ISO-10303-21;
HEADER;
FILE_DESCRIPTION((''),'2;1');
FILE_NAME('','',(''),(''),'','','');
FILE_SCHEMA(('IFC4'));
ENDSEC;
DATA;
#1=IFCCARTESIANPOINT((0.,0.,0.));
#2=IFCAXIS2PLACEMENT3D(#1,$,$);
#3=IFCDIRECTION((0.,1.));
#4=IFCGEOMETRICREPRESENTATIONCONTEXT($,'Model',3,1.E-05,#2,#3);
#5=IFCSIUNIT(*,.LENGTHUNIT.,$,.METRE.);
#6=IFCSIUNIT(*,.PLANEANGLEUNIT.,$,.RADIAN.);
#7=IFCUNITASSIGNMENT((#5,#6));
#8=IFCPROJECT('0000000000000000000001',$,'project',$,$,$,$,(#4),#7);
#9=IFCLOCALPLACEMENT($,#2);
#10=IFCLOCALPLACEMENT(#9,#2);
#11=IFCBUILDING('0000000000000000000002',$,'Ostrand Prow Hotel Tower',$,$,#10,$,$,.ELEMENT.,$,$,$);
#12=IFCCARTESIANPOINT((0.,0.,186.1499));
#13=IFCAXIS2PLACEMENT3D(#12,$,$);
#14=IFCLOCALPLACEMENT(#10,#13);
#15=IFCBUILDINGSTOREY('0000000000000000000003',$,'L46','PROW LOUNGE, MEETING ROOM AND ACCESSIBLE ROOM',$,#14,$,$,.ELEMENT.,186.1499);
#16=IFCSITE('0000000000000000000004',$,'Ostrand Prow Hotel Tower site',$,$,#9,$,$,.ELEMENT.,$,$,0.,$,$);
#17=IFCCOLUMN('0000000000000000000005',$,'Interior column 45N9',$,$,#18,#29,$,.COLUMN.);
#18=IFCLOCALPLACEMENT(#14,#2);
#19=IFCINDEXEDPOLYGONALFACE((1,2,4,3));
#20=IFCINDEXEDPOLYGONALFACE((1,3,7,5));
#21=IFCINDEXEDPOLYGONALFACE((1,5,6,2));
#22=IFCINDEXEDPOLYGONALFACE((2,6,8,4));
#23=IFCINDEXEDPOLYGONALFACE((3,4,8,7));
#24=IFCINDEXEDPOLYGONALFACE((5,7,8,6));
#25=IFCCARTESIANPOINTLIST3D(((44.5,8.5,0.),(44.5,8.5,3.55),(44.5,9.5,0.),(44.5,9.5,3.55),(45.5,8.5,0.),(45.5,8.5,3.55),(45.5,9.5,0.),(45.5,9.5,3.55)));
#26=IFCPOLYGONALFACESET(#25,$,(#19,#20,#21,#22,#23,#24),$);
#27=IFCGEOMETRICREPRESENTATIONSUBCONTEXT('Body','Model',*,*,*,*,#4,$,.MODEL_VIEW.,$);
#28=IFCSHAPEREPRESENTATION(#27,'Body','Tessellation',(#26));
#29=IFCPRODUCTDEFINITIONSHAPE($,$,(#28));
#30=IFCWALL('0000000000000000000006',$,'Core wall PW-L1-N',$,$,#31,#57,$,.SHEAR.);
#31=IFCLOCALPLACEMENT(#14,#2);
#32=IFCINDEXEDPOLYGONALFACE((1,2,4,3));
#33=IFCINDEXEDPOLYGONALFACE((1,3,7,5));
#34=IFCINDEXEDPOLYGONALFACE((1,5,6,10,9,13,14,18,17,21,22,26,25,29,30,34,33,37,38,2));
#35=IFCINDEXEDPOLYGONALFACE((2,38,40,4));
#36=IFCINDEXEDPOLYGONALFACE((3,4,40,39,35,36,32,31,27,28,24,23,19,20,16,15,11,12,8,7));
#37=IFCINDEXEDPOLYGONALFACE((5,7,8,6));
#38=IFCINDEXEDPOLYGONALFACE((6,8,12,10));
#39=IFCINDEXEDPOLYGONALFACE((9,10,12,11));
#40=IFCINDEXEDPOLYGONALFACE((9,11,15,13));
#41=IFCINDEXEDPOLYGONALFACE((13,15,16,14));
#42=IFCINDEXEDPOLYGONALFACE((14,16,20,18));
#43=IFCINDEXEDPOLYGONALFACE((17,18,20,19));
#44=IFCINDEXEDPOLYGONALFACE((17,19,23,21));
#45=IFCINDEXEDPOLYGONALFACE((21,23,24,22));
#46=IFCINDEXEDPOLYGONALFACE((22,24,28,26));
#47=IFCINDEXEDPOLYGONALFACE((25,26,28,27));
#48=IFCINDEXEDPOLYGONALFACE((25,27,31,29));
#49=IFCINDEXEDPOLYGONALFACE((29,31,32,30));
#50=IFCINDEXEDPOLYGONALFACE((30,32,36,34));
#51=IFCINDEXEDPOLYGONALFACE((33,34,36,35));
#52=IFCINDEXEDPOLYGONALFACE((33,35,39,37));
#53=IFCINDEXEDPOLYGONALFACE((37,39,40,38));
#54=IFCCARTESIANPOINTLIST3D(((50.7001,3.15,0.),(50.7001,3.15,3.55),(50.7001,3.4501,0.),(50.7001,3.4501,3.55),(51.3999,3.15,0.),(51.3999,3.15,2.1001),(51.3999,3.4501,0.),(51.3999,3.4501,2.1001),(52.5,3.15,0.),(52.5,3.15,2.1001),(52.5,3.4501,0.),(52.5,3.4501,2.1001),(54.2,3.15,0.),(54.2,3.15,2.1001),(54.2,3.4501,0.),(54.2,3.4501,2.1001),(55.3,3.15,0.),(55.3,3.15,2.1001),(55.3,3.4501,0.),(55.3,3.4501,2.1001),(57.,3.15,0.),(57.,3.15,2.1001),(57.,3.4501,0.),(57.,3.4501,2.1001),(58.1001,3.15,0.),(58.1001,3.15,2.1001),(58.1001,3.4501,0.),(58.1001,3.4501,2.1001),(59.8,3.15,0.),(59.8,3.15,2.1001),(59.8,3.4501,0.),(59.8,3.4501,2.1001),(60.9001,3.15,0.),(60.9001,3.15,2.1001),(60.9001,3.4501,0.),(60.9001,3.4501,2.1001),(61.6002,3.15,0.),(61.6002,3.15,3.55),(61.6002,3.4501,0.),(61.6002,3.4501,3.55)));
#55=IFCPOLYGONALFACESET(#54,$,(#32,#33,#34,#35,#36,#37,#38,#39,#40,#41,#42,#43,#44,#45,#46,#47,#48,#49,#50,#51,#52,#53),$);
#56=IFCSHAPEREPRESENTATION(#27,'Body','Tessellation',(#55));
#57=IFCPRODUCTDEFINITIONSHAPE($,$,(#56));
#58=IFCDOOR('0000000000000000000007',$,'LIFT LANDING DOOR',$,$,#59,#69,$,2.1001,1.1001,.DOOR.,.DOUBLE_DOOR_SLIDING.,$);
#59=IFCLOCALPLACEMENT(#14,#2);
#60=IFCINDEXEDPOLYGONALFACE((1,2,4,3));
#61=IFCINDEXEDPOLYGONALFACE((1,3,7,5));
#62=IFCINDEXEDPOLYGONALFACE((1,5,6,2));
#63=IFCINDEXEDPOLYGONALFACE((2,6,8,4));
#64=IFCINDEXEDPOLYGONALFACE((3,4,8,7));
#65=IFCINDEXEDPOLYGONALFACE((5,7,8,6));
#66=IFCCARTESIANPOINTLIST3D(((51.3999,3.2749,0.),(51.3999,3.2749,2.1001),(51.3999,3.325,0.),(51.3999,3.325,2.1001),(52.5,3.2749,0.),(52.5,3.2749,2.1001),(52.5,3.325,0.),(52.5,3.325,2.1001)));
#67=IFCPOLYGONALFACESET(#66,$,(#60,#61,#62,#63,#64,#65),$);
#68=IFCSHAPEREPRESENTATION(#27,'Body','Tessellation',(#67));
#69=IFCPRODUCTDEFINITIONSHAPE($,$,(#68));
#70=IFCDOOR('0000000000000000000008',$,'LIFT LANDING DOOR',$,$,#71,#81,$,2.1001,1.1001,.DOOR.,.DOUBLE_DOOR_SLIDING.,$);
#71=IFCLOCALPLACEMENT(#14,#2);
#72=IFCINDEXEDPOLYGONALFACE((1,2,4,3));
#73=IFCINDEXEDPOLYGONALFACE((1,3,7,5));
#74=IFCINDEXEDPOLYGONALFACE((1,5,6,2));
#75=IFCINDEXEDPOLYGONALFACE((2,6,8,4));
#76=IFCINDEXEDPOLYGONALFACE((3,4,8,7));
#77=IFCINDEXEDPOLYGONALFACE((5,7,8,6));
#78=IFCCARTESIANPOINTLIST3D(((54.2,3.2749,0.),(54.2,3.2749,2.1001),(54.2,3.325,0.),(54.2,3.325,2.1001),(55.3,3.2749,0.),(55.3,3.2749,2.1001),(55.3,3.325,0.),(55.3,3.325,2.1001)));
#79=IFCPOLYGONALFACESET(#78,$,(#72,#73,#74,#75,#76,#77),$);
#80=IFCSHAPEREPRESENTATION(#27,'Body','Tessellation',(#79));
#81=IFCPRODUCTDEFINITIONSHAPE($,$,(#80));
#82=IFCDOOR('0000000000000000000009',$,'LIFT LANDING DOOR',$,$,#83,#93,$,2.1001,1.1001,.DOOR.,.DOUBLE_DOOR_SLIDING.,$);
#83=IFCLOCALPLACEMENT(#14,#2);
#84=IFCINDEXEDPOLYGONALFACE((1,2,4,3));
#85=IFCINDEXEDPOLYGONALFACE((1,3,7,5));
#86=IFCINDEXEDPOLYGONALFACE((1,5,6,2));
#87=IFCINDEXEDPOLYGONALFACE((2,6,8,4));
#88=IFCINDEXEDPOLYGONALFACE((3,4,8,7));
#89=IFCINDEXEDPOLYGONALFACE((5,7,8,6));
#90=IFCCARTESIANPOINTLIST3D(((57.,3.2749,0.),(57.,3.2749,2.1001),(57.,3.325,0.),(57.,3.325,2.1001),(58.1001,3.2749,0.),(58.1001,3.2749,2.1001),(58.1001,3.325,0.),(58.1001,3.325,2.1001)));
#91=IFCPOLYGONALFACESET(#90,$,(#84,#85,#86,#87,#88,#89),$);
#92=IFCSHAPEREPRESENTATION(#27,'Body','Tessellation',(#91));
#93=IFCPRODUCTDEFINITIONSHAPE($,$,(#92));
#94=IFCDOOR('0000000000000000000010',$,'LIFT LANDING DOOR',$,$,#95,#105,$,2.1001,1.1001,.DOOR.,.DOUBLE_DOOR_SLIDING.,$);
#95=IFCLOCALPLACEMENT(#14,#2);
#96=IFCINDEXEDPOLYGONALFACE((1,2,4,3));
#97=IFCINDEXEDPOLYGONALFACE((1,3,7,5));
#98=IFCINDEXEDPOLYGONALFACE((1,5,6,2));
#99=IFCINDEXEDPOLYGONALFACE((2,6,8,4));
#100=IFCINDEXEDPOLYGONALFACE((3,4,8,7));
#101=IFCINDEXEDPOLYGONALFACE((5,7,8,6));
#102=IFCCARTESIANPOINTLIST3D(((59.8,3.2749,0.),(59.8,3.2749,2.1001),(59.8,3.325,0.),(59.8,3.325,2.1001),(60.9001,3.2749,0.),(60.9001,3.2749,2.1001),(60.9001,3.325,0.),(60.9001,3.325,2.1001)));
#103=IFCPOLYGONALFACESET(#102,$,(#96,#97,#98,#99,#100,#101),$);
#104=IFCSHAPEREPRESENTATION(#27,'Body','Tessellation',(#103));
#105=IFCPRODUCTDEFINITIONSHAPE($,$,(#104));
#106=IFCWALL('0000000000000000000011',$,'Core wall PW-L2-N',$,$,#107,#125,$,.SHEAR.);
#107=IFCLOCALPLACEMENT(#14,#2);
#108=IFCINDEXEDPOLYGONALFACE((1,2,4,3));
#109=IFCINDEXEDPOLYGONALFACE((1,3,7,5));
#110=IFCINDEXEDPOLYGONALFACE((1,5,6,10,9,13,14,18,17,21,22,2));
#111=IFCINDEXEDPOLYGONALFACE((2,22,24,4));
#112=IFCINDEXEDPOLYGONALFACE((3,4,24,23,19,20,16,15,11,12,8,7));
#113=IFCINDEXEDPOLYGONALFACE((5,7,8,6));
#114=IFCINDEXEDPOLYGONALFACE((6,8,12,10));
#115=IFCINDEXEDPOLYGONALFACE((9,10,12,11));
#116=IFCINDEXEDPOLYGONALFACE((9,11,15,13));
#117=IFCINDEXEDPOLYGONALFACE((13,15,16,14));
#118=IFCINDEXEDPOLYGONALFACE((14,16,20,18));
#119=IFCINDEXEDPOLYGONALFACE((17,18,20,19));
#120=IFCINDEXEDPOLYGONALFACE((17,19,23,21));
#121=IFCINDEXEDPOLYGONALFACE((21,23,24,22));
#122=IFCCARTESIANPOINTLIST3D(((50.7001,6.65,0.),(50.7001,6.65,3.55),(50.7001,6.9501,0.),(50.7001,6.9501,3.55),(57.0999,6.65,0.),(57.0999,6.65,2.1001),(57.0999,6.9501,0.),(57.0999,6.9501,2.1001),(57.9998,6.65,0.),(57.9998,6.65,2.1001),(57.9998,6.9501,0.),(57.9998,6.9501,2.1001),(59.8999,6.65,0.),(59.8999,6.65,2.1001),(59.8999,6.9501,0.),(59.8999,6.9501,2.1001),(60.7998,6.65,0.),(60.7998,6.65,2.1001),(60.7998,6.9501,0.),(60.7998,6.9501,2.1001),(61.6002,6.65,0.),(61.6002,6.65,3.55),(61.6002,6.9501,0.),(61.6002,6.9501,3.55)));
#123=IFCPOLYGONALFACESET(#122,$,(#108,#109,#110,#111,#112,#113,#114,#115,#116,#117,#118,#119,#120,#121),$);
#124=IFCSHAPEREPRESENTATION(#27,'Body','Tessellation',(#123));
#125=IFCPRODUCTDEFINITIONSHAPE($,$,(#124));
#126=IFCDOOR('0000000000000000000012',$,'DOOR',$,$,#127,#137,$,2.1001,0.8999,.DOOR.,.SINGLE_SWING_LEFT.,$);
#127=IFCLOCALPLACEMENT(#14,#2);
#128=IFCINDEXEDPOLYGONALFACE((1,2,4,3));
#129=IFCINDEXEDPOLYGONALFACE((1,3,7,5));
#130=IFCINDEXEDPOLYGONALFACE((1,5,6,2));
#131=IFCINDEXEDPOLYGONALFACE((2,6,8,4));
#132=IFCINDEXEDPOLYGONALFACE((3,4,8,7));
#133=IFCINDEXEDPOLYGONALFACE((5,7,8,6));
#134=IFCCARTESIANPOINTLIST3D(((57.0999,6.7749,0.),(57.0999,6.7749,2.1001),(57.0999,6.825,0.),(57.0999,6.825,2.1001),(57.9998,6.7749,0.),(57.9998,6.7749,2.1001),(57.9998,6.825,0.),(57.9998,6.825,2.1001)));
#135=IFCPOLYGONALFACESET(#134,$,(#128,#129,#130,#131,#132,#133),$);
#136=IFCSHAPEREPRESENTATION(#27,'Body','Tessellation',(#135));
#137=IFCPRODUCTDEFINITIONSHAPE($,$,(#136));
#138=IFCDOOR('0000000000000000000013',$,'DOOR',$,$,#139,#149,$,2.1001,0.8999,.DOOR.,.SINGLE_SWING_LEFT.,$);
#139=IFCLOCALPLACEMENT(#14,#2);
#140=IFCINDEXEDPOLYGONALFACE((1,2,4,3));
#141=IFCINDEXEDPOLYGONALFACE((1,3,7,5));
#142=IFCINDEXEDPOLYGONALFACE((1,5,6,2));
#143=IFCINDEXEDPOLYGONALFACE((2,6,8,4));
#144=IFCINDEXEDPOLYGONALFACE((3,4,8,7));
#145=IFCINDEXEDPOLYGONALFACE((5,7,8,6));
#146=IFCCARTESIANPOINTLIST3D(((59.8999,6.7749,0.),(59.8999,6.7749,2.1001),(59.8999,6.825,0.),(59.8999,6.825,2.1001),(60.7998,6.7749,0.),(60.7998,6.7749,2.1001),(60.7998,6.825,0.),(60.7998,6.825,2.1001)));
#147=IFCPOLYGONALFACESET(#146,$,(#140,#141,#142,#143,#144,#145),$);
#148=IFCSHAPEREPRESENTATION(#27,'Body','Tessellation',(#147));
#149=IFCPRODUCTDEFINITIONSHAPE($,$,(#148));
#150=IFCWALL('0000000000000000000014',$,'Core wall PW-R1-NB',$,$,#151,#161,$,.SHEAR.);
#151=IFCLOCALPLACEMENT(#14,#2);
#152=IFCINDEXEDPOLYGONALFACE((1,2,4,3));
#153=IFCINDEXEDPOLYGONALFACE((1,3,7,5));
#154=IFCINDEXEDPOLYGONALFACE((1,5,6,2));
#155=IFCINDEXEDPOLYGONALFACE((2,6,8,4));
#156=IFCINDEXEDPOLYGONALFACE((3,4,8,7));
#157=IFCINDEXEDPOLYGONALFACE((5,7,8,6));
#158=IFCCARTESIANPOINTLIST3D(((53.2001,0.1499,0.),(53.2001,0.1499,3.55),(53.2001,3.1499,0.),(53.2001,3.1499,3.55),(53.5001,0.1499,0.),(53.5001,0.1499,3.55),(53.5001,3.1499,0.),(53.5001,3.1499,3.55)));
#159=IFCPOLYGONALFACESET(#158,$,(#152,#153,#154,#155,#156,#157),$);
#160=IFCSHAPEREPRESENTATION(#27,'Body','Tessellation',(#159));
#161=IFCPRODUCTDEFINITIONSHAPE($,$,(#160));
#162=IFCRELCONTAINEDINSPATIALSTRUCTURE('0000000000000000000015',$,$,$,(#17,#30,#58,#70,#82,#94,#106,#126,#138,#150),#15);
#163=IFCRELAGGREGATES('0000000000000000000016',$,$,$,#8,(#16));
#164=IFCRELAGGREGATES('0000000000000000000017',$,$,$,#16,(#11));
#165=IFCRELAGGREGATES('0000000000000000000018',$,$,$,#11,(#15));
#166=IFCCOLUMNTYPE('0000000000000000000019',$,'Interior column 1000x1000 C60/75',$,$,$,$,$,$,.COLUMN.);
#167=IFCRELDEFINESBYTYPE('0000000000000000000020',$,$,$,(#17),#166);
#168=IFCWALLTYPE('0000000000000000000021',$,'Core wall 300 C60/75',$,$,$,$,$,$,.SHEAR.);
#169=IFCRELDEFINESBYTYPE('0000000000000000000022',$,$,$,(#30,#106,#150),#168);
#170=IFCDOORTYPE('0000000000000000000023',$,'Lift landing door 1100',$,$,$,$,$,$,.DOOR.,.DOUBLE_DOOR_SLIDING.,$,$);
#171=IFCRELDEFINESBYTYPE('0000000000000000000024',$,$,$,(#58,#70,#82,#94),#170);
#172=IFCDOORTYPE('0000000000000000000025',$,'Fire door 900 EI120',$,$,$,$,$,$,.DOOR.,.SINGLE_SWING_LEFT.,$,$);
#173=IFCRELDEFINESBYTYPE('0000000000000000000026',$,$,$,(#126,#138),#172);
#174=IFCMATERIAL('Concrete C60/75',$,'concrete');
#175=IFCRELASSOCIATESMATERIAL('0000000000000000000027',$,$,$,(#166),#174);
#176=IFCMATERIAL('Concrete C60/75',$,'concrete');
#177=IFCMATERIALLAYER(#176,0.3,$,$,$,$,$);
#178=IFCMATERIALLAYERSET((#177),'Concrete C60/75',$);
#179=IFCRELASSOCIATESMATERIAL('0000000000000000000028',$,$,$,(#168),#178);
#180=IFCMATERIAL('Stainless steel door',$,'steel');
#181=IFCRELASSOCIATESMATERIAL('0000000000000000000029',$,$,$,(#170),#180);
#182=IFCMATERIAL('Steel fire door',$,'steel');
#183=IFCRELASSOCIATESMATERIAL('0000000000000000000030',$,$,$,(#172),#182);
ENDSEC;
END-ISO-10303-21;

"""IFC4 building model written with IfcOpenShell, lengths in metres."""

from ifc_helpers import new_model, si_unit, direction, frame, frame_2d, origin, origin_2d, place, context, subcontext, project, spatial, rectangle, extrude, material, layer, layer_set, material_profile, profile_set, type_object, element, fill, save


model = new_model("IFC4")

# Units and contexts
model_context = context("Model", 3, precision=1e-05, world=origin(), true_north=direction((0.0, 1.0)))
body_context = subcontext(model_context, "Body", "Model", "MODEL_VIEW")
ifc_project = project(units=[si_unit("LENGTHUNIT", "METRE"), si_unit("PLANEANGLEUNIT", "RADIAN")], contexts=[model_context])

# Site, building, storey
site_placement = place(None, origin())
site = spatial("IfcSite", under=ifc_project, at=site_placement, Name="Ostrand Prow Hotel Tower site", CompositionType="ELEMENT", RefElevation=0.0)
building_placement = place(site_placement, origin())
building = spatial("IfcBuilding", under=site, at=building_placement, Name="Ostrand Prow Hotel Tower", CompositionType="ELEMENT")
storey_placement = place(building_placement, frame((0.0, 0.0, 186.1499)))
storey = spatial("IfcBuildingStorey", under=building, at=storey_placement, Name="L46", Description="PROW LOUNGE, MEETING ROOM AND ACCESSIBLE ROOM", CompositionType="ELEMENT", Elevation=186.1499)

# Column
ifc_material_1 = material(Name="Concrete C60/75", Category="concrete")
ifc_material_profile = material_profile(ifc_material_1, rectangle(XDim=1.0, YDim=1.0, at=origin_2d()), Name="RC 1000x1000")
ifc_profile_set = profile_set([ifc_material_profile], Name="Concrete C60/75")
column_type = type_object("IfcColumnType", Name="Interior column 1000x1000 C60/75", PredefinedType="COLUMN", material=ifc_profile_set)
column_placement = place(storey_placement, frame((45.0, 9.0, 0.0), z_axis=(0.0, 0.0, 1.0), x_axis=(1.0, 0.0, 0.0)))
element("IfcColumn", 1, at=column_placement, inside=storey, type_object=column_type, Name="Interior column 45N9", PredefinedType="COLUMN", context=body_context, shape_type="SweptSolid", body=[
    extrude(rectangle(XDim=1.0, YDim=1.0, at=origin_2d()), origin(), (0.0, 0.0, 1.0), 3.55),
])

# Walls, openings, doors
ifc_material_2 = material(Name="Concrete C60/75", Category="concrete")
ifc_layer_1 = layer(ifc_material_2, 0.3)
ifc_layer_set_1 = layer_set([ifc_layer_1], Name="Concrete C60/75")
wall_type_1 = type_object("IfcWallType", Name="Core wall 300 C60/75", PredefinedType="SHEAR", material=ifc_layer_set_1)
wall_1_placement = place(storey_placement, frame((50.7, 3.3, 0.0), z_axis=(0.0, 0.0, 1.0), x_axis=(1.0, 0.0, 0.0)))
wall_1 = element("IfcWall", 2, at=wall_1_placement, inside=storey, type_object=wall_type_1, Name="Core wall PW-L1-N", PredefinedType="SHEAR", context=body_context, shape_type="SweptSolid", body=[
    extrude(rectangle(XDim=10.9001, YDim=0.3, at=frame_2d((5.4502, 0.0))), origin(), (0.0, 0.0, 1.0), 3.55),
])
opening_1_placement = place(wall_1_placement, frame((0.7, 0.0, 0.0)))
opening_1 = element("IfcOpeningElement", 3, at=opening_1_placement, cuts=wall_1, PredefinedType="OPENING", context=body_context, shape_type="SweptSolid", body=[
    extrude(rectangle(XDim=1.1001, YDim=2.1001, at=frame_2d((0.55, 1.05))), frame((0.0, 0.1599, 0.0), z_axis=(0.0, -1.0, 0.0), x_axis=(1.0, 0.0, 0.0)), (0.0, 0.0, 1.0), 0.3201),
])
opening_2_placement = place(wall_1_placement, frame((3.5, 0.0, 0.0)))
opening_2 = element("IfcOpeningElement", 4, at=opening_2_placement, cuts=wall_1, PredefinedType="OPENING", context=body_context, shape_type="SweptSolid", body=[
    extrude(rectangle(XDim=1.1001, YDim=2.1001, at=frame_2d((0.55, 1.05))), frame((0.0, 0.1599, 0.0), z_axis=(0.0, -1.0, 0.0), x_axis=(1.0, 0.0, 0.0)), (0.0, 0.0, 1.0), 0.3201),
])
opening_3_placement = place(wall_1_placement, frame((6.3, 0.0, 0.0)))
opening_3 = element("IfcOpeningElement", 5, at=opening_3_placement, cuts=wall_1, PredefinedType="OPENING", context=body_context, shape_type="SweptSolid", body=[
    extrude(rectangle(XDim=1.1001, YDim=2.1001, at=frame_2d((0.55, 1.05))), frame((0.0, 0.1599, 0.0), z_axis=(0.0, -1.0, 0.0), x_axis=(1.0, 0.0, 0.0)), (0.0, 0.0, 1.0), 0.3201),
])
opening_4_placement = place(wall_1_placement, frame((9.1001, 0.0, 0.0)))
opening_4 = element("IfcOpeningElement", 6, at=opening_4_placement, cuts=wall_1, PredefinedType="OPENING", context=body_context, shape_type="SweptSolid", body=[
    extrude(rectangle(XDim=1.1001, YDim=2.1001, at=frame_2d((0.55, 1.05))), frame((0.0, 0.1599, 0.0), z_axis=(0.0, -1.0, 0.0), x_axis=(1.0, 0.0, 0.0)), (0.0, 0.0, 1.0), 0.3201),
])
ifc_material_3 = material(Name="Stainless steel door", Category="steel")
door_type_1 = type_object("IfcDoorType", Name="Lift landing door 1100", OperationType="DOUBLE_DOOR_SLIDING", PredefinedType="DOOR", material=ifc_material_3)
door_1_placement = place(opening_1_placement, origin())
door_1 = element("IfcDoor", 7, at=door_1_placement, inside=storey, type_object=door_type_1, Name="LIFT LANDING DOOR", OperationType="DOUBLE_DOOR_SLIDING", OverallHeight=2.1001, OverallWidth=1.1001, PredefinedType="DOOR", context=body_context, shape_type="SweptSolid", body=[
    extrude(rectangle(XDim=1.1001, YDim=2.1001, at=frame_2d((0.55, 1.05))), frame((0.0, 0.0249, 0.0), z_axis=(0.0, -1.0, 0.0), x_axis=(1.0, 0.0, 0.0)), (0.0, 0.0, 1.0), 0.05),
])
fill(opening_1, door_1)
door_2_placement = place(opening_2_placement, origin())
door_2 = element("IfcDoor", 8, at=door_2_placement, inside=storey, type_object=door_type_1, Name="LIFT LANDING DOOR", OperationType="DOUBLE_DOOR_SLIDING", OverallHeight=2.1001, OverallWidth=1.1001, PredefinedType="DOOR", context=body_context, shape_type="SweptSolid", body=[
    extrude(rectangle(XDim=1.1001, YDim=2.1001, at=frame_2d((0.55, 1.05))), frame((0.0, 0.0249, 0.0), z_axis=(0.0, -1.0, 0.0), x_axis=(1.0, 0.0, 0.0)), (0.0, 0.0, 1.0), 0.05),
])
fill(opening_2, door_2)
door_3_placement = place(opening_3_placement, origin())
door_3 = element("IfcDoor", 9, at=door_3_placement, inside=storey, type_object=door_type_1, Name="LIFT LANDING DOOR", OperationType="DOUBLE_DOOR_SLIDING", OverallHeight=2.1001, OverallWidth=1.1001, PredefinedType="DOOR", context=body_context, shape_type="SweptSolid", body=[
    extrude(rectangle(XDim=1.1001, YDim=2.1001, at=frame_2d((0.55, 1.05))), frame((0.0, 0.0249, 0.0), z_axis=(0.0, -1.0, 0.0), x_axis=(1.0, 0.0, 0.0)), (0.0, 0.0, 1.0), 0.05),
])
fill(opening_3, door_3)
door_4_placement = place(opening_4_placement, origin())
door_4 = element("IfcDoor", 10, at=door_4_placement, inside=storey, type_object=door_type_1, Name="LIFT LANDING DOOR", OperationType="DOUBLE_DOOR_SLIDING", OverallHeight=2.1001, OverallWidth=1.1001, PredefinedType="DOOR", context=body_context, shape_type="SweptSolid", body=[
    extrude(rectangle(XDim=1.1001, YDim=2.1001, at=frame_2d((0.55, 1.05))), frame((0.0, 0.0249, 0.0), z_axis=(0.0, -1.0, 0.0), x_axis=(1.0, 0.0, 0.0)), (0.0, 0.0, 1.0), 0.05),
])
fill(opening_4, door_4)
wall_2_placement = place(storey_placement, frame((50.7, 6.8, 0.0), z_axis=(0.0, 0.0, 1.0), x_axis=(1.0, 0.0, 0.0)))
wall_2 = element("IfcWall", 11, at=wall_2_placement, inside=storey, type_object=wall_type_1, Name="Core wall PW-L2-N", PredefinedType="SHEAR", context=body_context, shape_type="SweptSolid", body=[
    extrude(rectangle(XDim=10.9001, YDim=0.3, at=frame_2d((5.4502, 0.0))), origin(), (0.0, 0.0, 1.0), 3.55),
])
opening_5_placement = place(wall_2_placement, frame((6.3999, 0.0, 0.0)))
opening_5 = element("IfcOpeningElement", 12, at=opening_5_placement, cuts=wall_2, PredefinedType="OPENING", context=body_context, shape_type="SweptSolid", body=[
    extrude(rectangle(XDim=0.8999, YDim=2.1001, at=frame_2d((0.45, 1.05))), frame((0.0, 0.1599, 0.0), z_axis=(0.0, -1.0, 0.0), x_axis=(1.0, 0.0, 0.0)), (0.0, 0.0, 1.0), 0.3201),
])
opening_6_placement = place(wall_2_placement, frame((9.2, 0.0, 0.0)))
opening_6 = element("IfcOpeningElement", 13, at=opening_6_placement, cuts=wall_2, PredefinedType="OPENING", context=body_context, shape_type="SweptSolid", body=[
    extrude(rectangle(XDim=0.8999, YDim=2.1001, at=frame_2d((0.45, 1.05))), frame((0.0, 0.1599, 0.0), z_axis=(0.0, -1.0, 0.0), x_axis=(1.0, 0.0, 0.0)), (0.0, 0.0, 1.0), 0.3201),
])
ifc_material_4 = material(Name="Steel fire door", Category="steel")
door_type_2 = type_object("IfcDoorType", Name="Fire door 900 EI120", OperationType="SINGLE_SWING_LEFT", PredefinedType="DOOR", material=ifc_material_4)
door_5_placement = place(opening_5_placement, origin())
door_5 = element("IfcDoor", 14, at=door_5_placement, inside=storey, type_object=door_type_2, Name="DOOR", OperationType="SINGLE_SWING_LEFT", OverallHeight=2.1001, OverallWidth=0.8999, PredefinedType="DOOR", context=body_context, shape_type="SweptSolid", body=[
    extrude(rectangle(XDim=0.8999, YDim=2.1001, at=frame_2d((0.45, 1.05))), frame((0.0, 0.0249, 0.0), z_axis=(0.0, -1.0, 0.0), x_axis=(1.0, 0.0, 0.0)), (0.0, 0.0, 1.0), 0.05),
])
fill(opening_5, door_5)
door_6_placement = place(opening_6_placement, origin())
door_6 = element("IfcDoor", 15, at=door_6_placement, inside=storey, type_object=door_type_2, Name="DOOR", OperationType="SINGLE_SWING_LEFT", OverallHeight=2.1001, OverallWidth=0.8999, PredefinedType="DOOR", context=body_context, shape_type="SweptSolid", body=[
    extrude(rectangle(XDim=0.8999, YDim=2.1001, at=frame_2d((0.45, 1.05))), frame((0.0, 0.0249, 0.0), z_axis=(0.0, -1.0, 0.0), x_axis=(1.0, 0.0, 0.0)), (0.0, 0.0, 1.0), 0.05),
])
fill(opening_6, door_6)

# Wall
for number, where, z_axis, x_axis, name in (
    (16, (53.3501, 0.1499, 0.0), (0.0, 0.0, 1.0), (0.0, 1.0, 0.0), "Core wall PW-R1-NB"),
):
    element("IfcWall", number, at=place(storey_placement, frame(where, z_axis=z_axis, x_axis=x_axis)), inside=storey, type_object=wall_type_1, Name=name, PredefinedType="SHEAR", context=body_context, shape_type="SweptSolid", body=[
        extrude(rectangle(XDim=3.0, YDim=0.3, at=frame_2d((1.5, 0.0))), origin(), (0.0, 0.0, 1.0), 3.55),
    ])

save(model, "model.ifc")
